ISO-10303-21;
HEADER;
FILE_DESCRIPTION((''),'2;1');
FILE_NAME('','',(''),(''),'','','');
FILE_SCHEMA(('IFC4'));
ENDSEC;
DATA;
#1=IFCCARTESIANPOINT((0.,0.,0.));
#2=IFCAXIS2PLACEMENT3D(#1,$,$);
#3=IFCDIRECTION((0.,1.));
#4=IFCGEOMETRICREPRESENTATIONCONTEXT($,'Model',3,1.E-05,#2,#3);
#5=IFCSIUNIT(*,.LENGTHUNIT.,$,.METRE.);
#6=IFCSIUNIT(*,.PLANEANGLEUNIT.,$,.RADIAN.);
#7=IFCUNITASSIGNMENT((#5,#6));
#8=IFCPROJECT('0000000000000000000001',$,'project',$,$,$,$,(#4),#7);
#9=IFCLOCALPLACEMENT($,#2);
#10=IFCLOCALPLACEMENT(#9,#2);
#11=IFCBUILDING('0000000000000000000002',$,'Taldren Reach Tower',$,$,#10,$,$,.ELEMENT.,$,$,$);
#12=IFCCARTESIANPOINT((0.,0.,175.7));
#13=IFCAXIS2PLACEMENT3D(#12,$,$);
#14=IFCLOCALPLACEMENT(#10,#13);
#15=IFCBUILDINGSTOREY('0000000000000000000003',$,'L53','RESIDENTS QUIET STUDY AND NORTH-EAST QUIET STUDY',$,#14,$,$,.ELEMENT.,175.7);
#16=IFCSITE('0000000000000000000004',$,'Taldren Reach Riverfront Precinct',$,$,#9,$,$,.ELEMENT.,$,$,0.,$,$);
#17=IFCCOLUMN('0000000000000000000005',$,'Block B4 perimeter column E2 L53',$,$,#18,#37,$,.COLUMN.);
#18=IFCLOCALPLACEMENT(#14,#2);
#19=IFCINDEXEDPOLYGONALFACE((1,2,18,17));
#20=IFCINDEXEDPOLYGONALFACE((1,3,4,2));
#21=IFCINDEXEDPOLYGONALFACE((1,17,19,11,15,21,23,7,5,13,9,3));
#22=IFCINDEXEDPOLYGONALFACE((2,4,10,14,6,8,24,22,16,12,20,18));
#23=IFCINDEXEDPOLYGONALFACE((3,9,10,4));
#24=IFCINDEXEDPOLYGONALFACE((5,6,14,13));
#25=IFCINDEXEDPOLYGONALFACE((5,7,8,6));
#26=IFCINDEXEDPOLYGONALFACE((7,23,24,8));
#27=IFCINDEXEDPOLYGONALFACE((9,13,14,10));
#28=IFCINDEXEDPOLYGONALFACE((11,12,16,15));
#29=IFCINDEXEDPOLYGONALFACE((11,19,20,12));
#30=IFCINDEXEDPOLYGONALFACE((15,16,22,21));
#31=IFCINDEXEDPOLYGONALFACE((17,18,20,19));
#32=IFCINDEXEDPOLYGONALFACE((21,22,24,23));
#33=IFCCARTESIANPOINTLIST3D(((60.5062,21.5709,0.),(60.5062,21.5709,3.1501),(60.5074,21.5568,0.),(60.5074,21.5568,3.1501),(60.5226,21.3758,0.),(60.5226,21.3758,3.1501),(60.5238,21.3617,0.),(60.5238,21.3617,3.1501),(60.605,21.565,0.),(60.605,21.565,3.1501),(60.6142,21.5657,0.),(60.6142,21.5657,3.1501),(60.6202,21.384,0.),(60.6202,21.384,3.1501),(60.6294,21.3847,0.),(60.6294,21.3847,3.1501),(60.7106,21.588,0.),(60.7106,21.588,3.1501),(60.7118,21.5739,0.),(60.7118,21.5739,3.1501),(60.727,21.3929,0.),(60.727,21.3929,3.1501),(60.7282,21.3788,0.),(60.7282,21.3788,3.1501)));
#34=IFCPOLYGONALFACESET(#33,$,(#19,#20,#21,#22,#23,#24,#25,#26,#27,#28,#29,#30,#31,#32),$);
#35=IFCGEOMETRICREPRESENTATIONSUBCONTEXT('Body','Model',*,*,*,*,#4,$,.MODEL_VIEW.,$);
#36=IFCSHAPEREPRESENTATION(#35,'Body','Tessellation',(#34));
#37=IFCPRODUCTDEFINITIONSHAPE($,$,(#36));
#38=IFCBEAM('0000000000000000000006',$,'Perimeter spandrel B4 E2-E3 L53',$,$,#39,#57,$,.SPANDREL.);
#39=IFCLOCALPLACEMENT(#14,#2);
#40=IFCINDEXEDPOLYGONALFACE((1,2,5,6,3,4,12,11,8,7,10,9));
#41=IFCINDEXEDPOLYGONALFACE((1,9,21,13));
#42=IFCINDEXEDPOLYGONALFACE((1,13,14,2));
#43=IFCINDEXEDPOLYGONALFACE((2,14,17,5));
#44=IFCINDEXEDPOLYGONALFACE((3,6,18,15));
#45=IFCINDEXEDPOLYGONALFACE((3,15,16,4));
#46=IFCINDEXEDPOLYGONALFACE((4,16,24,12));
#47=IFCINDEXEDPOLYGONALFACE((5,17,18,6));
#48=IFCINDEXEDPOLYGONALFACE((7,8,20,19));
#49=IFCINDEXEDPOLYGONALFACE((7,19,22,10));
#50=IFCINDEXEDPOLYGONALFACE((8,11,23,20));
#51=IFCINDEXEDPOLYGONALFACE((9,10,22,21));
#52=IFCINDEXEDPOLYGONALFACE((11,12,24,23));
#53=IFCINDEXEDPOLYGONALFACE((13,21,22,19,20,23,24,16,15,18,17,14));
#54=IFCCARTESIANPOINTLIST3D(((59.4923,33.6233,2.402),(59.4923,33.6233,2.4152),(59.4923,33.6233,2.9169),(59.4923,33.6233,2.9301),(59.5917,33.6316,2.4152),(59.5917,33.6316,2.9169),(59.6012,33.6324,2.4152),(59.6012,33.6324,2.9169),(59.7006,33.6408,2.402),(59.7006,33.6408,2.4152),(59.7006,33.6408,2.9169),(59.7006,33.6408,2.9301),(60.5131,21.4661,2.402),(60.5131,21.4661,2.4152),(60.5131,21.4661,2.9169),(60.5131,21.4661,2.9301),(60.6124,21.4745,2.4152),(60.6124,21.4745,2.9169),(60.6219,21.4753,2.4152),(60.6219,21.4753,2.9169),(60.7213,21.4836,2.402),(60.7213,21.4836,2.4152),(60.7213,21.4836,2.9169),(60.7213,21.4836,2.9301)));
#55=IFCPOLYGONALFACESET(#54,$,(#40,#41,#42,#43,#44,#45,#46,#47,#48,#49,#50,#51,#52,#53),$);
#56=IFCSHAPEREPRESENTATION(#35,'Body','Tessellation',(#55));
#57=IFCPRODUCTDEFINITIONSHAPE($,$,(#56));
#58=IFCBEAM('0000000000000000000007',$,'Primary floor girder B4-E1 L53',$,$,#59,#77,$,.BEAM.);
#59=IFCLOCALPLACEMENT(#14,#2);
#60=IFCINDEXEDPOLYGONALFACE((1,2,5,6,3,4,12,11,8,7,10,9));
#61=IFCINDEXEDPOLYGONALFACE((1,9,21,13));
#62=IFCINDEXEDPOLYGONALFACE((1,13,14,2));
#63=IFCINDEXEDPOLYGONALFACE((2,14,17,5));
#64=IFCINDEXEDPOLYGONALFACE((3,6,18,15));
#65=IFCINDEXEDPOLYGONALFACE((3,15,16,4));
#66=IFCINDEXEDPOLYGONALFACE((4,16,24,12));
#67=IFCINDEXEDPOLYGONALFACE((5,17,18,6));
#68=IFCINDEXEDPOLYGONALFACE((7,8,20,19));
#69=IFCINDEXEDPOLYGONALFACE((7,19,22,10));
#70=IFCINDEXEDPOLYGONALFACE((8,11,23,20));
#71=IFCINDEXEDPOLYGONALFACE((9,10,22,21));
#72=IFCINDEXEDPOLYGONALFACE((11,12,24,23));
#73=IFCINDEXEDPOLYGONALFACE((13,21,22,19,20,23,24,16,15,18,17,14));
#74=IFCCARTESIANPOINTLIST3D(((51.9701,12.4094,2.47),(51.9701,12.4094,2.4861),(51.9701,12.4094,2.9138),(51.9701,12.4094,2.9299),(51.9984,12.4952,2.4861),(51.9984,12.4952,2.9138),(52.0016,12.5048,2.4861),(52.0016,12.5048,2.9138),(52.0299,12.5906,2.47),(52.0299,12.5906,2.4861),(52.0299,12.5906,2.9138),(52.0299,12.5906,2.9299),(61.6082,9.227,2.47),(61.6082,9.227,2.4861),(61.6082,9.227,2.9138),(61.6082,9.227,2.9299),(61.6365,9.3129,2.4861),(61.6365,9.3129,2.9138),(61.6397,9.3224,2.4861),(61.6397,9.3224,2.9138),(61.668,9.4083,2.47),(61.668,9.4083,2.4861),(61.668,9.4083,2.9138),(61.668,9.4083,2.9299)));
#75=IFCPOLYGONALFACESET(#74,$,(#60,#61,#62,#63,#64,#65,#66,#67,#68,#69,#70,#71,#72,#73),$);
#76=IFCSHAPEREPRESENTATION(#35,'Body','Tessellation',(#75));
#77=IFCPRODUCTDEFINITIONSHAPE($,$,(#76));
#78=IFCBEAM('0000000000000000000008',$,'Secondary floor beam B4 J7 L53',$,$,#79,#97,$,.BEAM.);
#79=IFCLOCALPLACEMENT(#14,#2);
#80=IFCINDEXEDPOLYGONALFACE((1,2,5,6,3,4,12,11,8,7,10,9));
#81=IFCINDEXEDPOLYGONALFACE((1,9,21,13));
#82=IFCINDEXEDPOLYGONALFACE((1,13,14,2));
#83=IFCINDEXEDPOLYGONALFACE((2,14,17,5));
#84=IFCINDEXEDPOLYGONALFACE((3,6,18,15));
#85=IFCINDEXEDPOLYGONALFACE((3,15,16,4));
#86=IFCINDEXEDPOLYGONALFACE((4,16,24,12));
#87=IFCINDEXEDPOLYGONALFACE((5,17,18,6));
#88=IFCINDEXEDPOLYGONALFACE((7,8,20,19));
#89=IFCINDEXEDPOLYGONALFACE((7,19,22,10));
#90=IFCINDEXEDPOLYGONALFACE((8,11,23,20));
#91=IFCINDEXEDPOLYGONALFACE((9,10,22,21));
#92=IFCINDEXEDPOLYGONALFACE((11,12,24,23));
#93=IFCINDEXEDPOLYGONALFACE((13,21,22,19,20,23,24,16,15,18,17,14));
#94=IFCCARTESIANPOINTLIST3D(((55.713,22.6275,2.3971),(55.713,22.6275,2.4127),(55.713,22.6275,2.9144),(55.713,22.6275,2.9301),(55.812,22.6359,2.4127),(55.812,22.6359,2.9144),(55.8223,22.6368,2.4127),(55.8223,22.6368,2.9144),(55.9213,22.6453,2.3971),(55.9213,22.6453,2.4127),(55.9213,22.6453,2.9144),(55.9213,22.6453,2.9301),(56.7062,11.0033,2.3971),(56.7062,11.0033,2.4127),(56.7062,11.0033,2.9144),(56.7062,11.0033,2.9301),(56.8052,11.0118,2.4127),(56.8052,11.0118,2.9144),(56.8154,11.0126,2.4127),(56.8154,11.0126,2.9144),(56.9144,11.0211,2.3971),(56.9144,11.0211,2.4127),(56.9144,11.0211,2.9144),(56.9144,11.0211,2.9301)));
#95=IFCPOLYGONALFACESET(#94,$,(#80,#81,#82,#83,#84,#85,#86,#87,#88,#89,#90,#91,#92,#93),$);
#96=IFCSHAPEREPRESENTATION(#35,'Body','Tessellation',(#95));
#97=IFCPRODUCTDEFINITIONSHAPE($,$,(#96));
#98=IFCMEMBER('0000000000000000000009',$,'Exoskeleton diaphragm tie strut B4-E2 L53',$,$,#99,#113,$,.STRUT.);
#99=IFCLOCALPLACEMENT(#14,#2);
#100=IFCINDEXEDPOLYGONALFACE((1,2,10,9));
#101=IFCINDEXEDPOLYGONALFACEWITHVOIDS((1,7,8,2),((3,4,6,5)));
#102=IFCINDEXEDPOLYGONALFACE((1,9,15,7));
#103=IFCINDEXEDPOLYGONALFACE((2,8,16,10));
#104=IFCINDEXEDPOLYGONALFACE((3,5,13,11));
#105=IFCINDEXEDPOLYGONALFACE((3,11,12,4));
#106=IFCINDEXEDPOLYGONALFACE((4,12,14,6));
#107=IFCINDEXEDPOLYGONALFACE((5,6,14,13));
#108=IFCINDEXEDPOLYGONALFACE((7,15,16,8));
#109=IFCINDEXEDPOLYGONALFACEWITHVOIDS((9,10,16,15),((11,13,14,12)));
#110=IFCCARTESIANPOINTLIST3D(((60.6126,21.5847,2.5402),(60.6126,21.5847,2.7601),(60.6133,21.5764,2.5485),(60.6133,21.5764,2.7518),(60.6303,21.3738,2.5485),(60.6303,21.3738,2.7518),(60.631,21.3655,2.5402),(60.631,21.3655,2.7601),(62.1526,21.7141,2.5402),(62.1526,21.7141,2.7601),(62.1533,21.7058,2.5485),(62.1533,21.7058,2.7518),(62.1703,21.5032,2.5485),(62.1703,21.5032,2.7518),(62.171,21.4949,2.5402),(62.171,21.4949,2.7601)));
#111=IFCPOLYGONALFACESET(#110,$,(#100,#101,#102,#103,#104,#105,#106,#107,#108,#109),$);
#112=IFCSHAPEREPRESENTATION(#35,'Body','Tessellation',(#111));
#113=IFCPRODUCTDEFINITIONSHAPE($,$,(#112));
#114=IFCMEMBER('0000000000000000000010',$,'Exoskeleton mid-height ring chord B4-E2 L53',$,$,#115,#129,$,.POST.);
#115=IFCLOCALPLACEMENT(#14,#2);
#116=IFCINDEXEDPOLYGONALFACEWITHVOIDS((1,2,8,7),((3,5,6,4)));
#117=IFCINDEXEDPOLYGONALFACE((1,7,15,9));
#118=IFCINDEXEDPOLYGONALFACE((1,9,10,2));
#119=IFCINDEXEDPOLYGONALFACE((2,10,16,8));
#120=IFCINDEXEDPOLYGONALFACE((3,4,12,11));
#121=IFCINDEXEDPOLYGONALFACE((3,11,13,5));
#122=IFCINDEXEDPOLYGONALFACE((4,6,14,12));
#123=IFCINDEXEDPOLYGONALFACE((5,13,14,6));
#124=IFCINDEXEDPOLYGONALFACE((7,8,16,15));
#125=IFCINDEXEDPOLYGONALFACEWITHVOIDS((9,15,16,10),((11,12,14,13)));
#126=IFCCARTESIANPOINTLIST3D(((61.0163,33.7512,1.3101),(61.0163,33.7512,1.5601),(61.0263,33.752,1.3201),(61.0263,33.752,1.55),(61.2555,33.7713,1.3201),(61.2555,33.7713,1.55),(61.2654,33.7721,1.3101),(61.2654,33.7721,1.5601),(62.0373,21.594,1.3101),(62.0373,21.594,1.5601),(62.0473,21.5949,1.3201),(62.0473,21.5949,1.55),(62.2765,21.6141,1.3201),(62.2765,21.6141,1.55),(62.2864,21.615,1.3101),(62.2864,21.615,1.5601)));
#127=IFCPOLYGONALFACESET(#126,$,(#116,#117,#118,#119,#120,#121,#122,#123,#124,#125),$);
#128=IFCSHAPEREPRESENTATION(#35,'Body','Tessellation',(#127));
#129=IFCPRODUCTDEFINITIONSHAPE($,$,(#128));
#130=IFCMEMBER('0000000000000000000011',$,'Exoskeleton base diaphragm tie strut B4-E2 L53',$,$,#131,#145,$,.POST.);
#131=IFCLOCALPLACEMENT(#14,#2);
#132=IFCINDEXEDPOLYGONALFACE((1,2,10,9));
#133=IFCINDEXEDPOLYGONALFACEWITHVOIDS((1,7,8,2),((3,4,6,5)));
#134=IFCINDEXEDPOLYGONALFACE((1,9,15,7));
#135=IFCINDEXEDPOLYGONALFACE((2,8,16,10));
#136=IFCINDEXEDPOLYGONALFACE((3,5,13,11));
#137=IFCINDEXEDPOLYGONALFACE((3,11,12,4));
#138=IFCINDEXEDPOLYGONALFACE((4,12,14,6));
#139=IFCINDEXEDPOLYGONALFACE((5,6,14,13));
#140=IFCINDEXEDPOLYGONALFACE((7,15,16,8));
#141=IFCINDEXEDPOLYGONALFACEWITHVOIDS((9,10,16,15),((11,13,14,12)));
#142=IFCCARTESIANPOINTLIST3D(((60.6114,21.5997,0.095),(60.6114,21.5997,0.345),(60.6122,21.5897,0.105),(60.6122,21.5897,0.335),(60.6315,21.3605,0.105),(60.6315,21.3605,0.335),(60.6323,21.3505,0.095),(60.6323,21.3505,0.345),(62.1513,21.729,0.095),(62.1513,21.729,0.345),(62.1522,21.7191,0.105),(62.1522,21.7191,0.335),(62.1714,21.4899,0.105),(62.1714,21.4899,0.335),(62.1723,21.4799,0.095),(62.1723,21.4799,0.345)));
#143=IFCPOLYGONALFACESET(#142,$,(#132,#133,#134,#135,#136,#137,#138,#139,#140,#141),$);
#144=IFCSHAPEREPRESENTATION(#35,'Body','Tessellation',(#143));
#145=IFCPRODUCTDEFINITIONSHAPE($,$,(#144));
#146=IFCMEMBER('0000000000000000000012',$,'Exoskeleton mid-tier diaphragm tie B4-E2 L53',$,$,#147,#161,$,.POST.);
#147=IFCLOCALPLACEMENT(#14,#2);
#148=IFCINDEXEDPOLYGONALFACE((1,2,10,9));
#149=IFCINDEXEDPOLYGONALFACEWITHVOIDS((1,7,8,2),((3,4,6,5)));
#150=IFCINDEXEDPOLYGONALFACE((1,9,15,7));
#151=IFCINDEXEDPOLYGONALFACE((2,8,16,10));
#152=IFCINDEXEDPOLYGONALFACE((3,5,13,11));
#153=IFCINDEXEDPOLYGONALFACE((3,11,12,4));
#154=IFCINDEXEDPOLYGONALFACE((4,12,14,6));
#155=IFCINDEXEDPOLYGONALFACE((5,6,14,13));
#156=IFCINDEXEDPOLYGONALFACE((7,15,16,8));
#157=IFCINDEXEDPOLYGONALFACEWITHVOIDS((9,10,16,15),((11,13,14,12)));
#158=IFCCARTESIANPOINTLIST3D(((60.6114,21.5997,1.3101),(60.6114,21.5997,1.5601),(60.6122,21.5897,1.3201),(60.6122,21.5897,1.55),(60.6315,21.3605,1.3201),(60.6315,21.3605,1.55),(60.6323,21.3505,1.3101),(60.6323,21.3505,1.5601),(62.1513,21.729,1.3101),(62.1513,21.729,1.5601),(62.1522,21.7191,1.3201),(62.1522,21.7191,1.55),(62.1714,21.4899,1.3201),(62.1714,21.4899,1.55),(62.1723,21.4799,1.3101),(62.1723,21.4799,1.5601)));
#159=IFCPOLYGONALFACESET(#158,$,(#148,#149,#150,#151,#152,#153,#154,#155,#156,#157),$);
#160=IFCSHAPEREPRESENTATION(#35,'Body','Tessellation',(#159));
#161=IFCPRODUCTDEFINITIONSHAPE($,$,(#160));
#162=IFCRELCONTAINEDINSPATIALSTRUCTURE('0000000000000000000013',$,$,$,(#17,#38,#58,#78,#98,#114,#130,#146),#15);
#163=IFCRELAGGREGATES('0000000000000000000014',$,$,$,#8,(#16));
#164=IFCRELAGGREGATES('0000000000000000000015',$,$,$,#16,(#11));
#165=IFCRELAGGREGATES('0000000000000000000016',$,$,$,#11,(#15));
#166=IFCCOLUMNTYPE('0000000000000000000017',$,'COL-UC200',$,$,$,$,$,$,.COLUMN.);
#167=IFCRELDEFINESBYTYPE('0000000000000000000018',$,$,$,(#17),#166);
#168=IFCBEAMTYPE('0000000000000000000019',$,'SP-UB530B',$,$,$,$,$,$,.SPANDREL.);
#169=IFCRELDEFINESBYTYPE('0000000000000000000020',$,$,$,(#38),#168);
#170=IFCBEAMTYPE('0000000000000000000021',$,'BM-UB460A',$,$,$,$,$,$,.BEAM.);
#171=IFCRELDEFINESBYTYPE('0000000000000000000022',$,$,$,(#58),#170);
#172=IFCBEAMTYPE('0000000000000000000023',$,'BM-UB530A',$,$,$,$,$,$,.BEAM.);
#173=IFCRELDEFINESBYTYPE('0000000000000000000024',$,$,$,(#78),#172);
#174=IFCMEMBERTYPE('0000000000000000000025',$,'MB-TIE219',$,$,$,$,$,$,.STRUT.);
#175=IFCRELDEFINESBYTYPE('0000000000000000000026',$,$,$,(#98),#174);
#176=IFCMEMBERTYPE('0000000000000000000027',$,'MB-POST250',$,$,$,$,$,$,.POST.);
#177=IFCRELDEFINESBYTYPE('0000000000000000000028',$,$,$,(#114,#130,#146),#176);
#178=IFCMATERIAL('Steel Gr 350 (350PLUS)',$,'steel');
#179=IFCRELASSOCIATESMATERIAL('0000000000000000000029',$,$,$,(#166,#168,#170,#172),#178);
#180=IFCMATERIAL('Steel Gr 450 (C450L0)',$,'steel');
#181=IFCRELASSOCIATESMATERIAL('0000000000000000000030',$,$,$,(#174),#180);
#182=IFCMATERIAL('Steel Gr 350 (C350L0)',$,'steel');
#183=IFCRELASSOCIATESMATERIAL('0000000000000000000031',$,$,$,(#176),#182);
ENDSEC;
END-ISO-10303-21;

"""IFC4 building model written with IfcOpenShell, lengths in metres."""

from ifc_helpers import new_model, si_unit, direction, frame, origin, origin_2d, place, context, subcontext, project, spatial, hollow_rectangle, i_section, extrude, source, transform, mapped, material, material_profile, profile_set, type_object, element, save


model = new_model("IFC4")

# Units and contexts
model_context = context("Model", 3, precision=1e-05, world=origin(), true_north=direction((0.0, 1.0)))
body_context = subcontext(model_context, "Body", "Model", "MODEL_VIEW")
ifc_project = project(units=[si_unit("LENGTHUNIT", "METRE"), si_unit("PLANEANGLEUNIT", "RADIAN")], contexts=[model_context])

# Site, building, storey
site_placement = place(None, origin())
site = spatial("IfcSite", under=ifc_project, at=site_placement, Name="Taldren Reach Riverfront Precinct", CompositionType="ELEMENT", RefElevation=0.0)
building_placement = place(site_placement, origin())
building = spatial("IfcBuilding", under=site, at=building_placement, Name="Taldren Reach Tower", CompositionType="ELEMENT")
storey_placement = place(building_placement, frame((0.0, 0.0, 175.7)))
storey = spatial("IfcBuildingStorey", under=building, at=storey_placement, Name="L53", Description="RESIDENTS QUIET STUDY AND NORTH-EAST QUIET STUDY", CompositionType="ELEMENT", Elevation=175.7)

# Column
ifc_material_1 = material(Name="Steel Gr 350 (350PLUS)", Category="steel")
ifc_material_profile_1 = material_profile(ifc_material_1, i_section(OverallWidth=0.2051, OverallDepth=0.21, WebThickness=0.0093, FlangeThickness=0.0142, at=origin_2d()), Name="200UC59.5")
ifc_profile_set_1 = profile_set([ifc_material_profile_1], Name="Steel Gr 350 (350PLUS)")
column_type = type_object("IfcColumnType", Name="COL-UC200", PredefinedType="COLUMN", material=ifc_profile_set_1)
shared_shape_1 = source(origin(), body_context, "Body", "SweptSolid", [
    extrude(i_section(OverallWidth=0.2051, OverallDepth=0.21, WebThickness=0.0093, FlangeThickness=0.0142, at=origin_2d()), origin(), (0.0, 0.0, 1.0), 3.1501),
])
column_placement = place(storey_placement, frame((60.6172, 21.4749, 0.0), z_axis=(0.0, 0.0, 1.0), x_axis=(0.996493, 0.083678, 0.0)))
element("IfcColumn", 1, at=column_placement, inside=storey, type_object=column_type, Name="Block B4 perimeter column E2 L53", PredefinedType="COLUMN", context=body_context, shape_type="MappedRepresentation", body=[
    mapped(shared_shape_1, transform((0.0, 0.0, 0.0), scale=1.0)),
])

# Beams
ifc_material_profile_2 = material_profile(ifc_material_1, i_section(OverallWidth=0.209, OverallDepth=0.5281, WebThickness=0.0095, FlangeThickness=0.0132, at=origin_2d()), Name="530UB82.0")
ifc_profile_set_2 = profile_set([ifc_material_profile_2], Name="Steel Gr 350 (350PLUS)")
beam_type_1 = type_object("IfcBeamType", Name="SP-UB530B", PredefinedType="SPANDREL", material=ifc_profile_set_2)
shared_shape_2 = source(origin(), body_context, "Body", "SweptSolid", [
    extrude(i_section(OverallWidth=0.209, OverallDepth=0.5281, WebThickness=0.0095, FlangeThickness=0.0132, at=origin_2d()), origin(), (0.0, 0.0, 1.0), 12.2),
])
beam_1_placement = place(storey_placement, frame((60.6172, 21.4749, 2.666), z_axis=(-0.083668, 0.996494, 0.0), x_axis=(-0.996494, -0.083668, 0.0)))
element("IfcBeam", 2, at=beam_1_placement, inside=storey, type_object=beam_type_1, Name="Perimeter spandrel B4 E2-E3 L53", PredefinedType="SPANDREL", context=body_context, shape_type="MappedRepresentation", body=[
    mapped(shared_shape_2, transform((0.0, 0.0, 0.0), scale=1.0)),
])
ifc_material_profile_3 = material_profile(ifc_material_1, i_section(OverallWidth=0.1909, OverallDepth=0.46, WebThickness=0.01, FlangeThickness=0.0161, at=origin_2d()), Name="460UB82.1")
ifc_profile_set_3 = profile_set([ifc_material_profile_3], Name="Steel Gr 350 (350PLUS)")
beam_type_2 = type_object("IfcBeamType", Name="BM-UB460A", PredefinedType="BEAM", material=ifc_profile_set_3)
shared_shape_3 = source(origin(), body_context, "Body", "SweptSolid", [
    extrude(i_section(OverallWidth=0.1909, OverallDepth=0.46, WebThickness=0.01, FlangeThickness=0.0161, at=origin_2d()), origin(), (0.0, 0.0, 1.0), 10.1499),
])
beam_2_placement = place(storey_placement, frame((52.0, 12.5, 2.7), z_axis=(0.949577, -0.313535, 0.0), x_axis=(0.313535, 0.949577, 0.0)))
element("IfcBeam", 3, at=beam_2_placement, inside=storey, type_object=beam_type_2, Name="Primary floor girder B4-E1 L53", PredefinedType="BEAM", context=body_context, shape_type="MappedRepresentation", body=[
    mapped(shared_shape_3, transform((0.0, 0.0, 0.0), scale=1.0)),
])
ifc_material_profile_4 = material_profile(ifc_material_1, i_section(OverallWidth=0.209, OverallDepth=0.533, WebThickness=0.0103, FlangeThickness=0.0156, at=origin_2d()), Name="530UB92.4")
ifc_profile_set_4 = profile_set([ifc_material_profile_4], Name="Steel Gr 350 (350PLUS)")
beam_type_3 = type_object("IfcBeamType", Name="BM-UB530A", PredefinedType="BEAM", material=ifc_profile_set_4)
shared_shape_4 = source(origin(), body_context, "Body", "SweptSolid", [
    extrude(i_section(OverallWidth=0.209, OverallDepth=0.533, WebThickness=0.0103, FlangeThickness=0.0156, at=origin_2d()), origin(), (0.0, 0.0, 1.0), 11.6665),
])
beam_3_placement = place(storey_placement, frame((56.8103, 11.0122, 2.6636), z_axis=(-0.085129, 0.99637, 0.0), x_axis=(-0.99637, -0.085129, 0.0)))
element("IfcBeam", 4, at=beam_3_placement, inside=storey, type_object=beam_type_3, Name="Secondary floor beam B4 J7 L53", PredefinedType="BEAM", context=body_context, shape_type="MappedRepresentation", body=[
    mapped(shared_shape_4, transform((0.0, 0.0, 0.0), scale=1.0)),
])

# Members
ifc_material_2 = material(Name="Steel Gr 450 (C450L0)", Category="steel")
ifc_material_profile_5 = material_profile(ifc_material_2, hollow_rectangle(XDim=0.22, YDim=0.22, WallThickness=0.0083, at=origin_2d()), Name="220x220x8.2SHS")
ifc_profile_set_5 = profile_set([ifc_material_profile_5], Name="Steel Gr 450 (C450L0)")
member_type_1 = type_object("IfcMemberType", Name="MB-TIE219", PredefinedType="STRUT", material=ifc_profile_set_5)
shared_shape_5 = source(origin(), body_context, "Body", "SweptSolid", [
    extrude(hollow_rectangle(XDim=0.22, YDim=0.22, WallThickness=0.0083, at=origin_2d()), origin(), (0.0, 0.0, 1.0), 1.5454),
])
member_1_placement = place(storey_placement, frame((60.6218, 21.4751, 2.6501), z_axis=(0.996489, 0.083725, 0.0), x_axis=(-0.083725, 0.996489, 0.0)))
element("IfcMember", 5, at=member_1_placement, inside=storey, type_object=member_type_1, Name="Exoskeleton diaphragm tie strut B4-E2 L53", PredefinedType="STRUT", context=body_context, shape_type="MappedRepresentation", body=[
    mapped(shared_shape_5, transform((0.0, 0.0, 0.0), scale=1.0)),
])
ifc_material_3 = material(Name="Steel Gr 350 (C350L0)", Category="steel")
ifc_material_profile_6 = material_profile(ifc_material_3, hollow_rectangle(XDim=0.25, YDim=0.25, WallThickness=0.01, at=origin_2d()), Name="250x250x10.0SHS")
ifc_profile_set_6 = profile_set([ifc_material_profile_6], Name="Steel Gr 350 (C350L0)")
member_type_2 = type_object("IfcMemberType", Name="MB-POST250", PredefinedType="POST", material=ifc_profile_set_6)
shared_shape_6 = source(origin(), body_context, "Body", "SweptSolid", [
    extrude(hollow_rectangle(XDim=0.25, YDim=0.25, WallThickness=0.01, at=origin_2d()), origin(), (0.0, 0.0, 1.0), 12.2),
])
member_2_placement = place(storey_placement, frame((62.1619, 21.6045, 1.4351), z_axis=(-0.083688, 0.996492, 0.0), x_axis=(-0.996492, -0.083688, 0.0)))
element("IfcMember", 6, at=member_2_placement, inside=storey, type_object=member_type_2, Name="Exoskeleton mid-height ring chord B4-E2 L53", PredefinedType="POST", context=body_context, shape_type="MappedRepresentation", body=[
    mapped(shared_shape_6, transform((0.0, 0.0, 0.0), scale=1.0)),
])
shared_shape_7 = source(origin(), body_context, "Body", "SweptSolid", [
    extrude(hollow_rectangle(XDim=0.25, YDim=0.25, WallThickness=0.01, at=origin_2d()), origin(), (0.0, 0.0, 1.0), 1.5454),
])
for number, where, z_axis, x_axis, name in (
    (7, (60.6218, 21.4751, 0.22), (0.996489, 0.083725, 0.0), (-0.083725, 0.996489, 0.0), "Exoskeleton base diaphragm tie strut B4-E2 L53"),
    (8, (60.6218, 21.4751, 1.4351), (0.996489, 0.083725, 0.0), (-0.083725, 0.996489, 0.0), "Exoskeleton mid-tier diaphragm tie B4-E2 L53"),
):
    element("IfcMember", number, at=place(storey_placement, frame(where, z_axis=z_axis, x_axis=x_axis)), inside=storey, type_object=member_type_2, Name=name, PredefinedType="POST", context=body_context, shape_type="MappedRepresentation", body=[
        mapped(shared_shape_7, transform((0.0, 0.0, 0.0), scale=1.0)),
    ])

save(model, "model.ifc")
